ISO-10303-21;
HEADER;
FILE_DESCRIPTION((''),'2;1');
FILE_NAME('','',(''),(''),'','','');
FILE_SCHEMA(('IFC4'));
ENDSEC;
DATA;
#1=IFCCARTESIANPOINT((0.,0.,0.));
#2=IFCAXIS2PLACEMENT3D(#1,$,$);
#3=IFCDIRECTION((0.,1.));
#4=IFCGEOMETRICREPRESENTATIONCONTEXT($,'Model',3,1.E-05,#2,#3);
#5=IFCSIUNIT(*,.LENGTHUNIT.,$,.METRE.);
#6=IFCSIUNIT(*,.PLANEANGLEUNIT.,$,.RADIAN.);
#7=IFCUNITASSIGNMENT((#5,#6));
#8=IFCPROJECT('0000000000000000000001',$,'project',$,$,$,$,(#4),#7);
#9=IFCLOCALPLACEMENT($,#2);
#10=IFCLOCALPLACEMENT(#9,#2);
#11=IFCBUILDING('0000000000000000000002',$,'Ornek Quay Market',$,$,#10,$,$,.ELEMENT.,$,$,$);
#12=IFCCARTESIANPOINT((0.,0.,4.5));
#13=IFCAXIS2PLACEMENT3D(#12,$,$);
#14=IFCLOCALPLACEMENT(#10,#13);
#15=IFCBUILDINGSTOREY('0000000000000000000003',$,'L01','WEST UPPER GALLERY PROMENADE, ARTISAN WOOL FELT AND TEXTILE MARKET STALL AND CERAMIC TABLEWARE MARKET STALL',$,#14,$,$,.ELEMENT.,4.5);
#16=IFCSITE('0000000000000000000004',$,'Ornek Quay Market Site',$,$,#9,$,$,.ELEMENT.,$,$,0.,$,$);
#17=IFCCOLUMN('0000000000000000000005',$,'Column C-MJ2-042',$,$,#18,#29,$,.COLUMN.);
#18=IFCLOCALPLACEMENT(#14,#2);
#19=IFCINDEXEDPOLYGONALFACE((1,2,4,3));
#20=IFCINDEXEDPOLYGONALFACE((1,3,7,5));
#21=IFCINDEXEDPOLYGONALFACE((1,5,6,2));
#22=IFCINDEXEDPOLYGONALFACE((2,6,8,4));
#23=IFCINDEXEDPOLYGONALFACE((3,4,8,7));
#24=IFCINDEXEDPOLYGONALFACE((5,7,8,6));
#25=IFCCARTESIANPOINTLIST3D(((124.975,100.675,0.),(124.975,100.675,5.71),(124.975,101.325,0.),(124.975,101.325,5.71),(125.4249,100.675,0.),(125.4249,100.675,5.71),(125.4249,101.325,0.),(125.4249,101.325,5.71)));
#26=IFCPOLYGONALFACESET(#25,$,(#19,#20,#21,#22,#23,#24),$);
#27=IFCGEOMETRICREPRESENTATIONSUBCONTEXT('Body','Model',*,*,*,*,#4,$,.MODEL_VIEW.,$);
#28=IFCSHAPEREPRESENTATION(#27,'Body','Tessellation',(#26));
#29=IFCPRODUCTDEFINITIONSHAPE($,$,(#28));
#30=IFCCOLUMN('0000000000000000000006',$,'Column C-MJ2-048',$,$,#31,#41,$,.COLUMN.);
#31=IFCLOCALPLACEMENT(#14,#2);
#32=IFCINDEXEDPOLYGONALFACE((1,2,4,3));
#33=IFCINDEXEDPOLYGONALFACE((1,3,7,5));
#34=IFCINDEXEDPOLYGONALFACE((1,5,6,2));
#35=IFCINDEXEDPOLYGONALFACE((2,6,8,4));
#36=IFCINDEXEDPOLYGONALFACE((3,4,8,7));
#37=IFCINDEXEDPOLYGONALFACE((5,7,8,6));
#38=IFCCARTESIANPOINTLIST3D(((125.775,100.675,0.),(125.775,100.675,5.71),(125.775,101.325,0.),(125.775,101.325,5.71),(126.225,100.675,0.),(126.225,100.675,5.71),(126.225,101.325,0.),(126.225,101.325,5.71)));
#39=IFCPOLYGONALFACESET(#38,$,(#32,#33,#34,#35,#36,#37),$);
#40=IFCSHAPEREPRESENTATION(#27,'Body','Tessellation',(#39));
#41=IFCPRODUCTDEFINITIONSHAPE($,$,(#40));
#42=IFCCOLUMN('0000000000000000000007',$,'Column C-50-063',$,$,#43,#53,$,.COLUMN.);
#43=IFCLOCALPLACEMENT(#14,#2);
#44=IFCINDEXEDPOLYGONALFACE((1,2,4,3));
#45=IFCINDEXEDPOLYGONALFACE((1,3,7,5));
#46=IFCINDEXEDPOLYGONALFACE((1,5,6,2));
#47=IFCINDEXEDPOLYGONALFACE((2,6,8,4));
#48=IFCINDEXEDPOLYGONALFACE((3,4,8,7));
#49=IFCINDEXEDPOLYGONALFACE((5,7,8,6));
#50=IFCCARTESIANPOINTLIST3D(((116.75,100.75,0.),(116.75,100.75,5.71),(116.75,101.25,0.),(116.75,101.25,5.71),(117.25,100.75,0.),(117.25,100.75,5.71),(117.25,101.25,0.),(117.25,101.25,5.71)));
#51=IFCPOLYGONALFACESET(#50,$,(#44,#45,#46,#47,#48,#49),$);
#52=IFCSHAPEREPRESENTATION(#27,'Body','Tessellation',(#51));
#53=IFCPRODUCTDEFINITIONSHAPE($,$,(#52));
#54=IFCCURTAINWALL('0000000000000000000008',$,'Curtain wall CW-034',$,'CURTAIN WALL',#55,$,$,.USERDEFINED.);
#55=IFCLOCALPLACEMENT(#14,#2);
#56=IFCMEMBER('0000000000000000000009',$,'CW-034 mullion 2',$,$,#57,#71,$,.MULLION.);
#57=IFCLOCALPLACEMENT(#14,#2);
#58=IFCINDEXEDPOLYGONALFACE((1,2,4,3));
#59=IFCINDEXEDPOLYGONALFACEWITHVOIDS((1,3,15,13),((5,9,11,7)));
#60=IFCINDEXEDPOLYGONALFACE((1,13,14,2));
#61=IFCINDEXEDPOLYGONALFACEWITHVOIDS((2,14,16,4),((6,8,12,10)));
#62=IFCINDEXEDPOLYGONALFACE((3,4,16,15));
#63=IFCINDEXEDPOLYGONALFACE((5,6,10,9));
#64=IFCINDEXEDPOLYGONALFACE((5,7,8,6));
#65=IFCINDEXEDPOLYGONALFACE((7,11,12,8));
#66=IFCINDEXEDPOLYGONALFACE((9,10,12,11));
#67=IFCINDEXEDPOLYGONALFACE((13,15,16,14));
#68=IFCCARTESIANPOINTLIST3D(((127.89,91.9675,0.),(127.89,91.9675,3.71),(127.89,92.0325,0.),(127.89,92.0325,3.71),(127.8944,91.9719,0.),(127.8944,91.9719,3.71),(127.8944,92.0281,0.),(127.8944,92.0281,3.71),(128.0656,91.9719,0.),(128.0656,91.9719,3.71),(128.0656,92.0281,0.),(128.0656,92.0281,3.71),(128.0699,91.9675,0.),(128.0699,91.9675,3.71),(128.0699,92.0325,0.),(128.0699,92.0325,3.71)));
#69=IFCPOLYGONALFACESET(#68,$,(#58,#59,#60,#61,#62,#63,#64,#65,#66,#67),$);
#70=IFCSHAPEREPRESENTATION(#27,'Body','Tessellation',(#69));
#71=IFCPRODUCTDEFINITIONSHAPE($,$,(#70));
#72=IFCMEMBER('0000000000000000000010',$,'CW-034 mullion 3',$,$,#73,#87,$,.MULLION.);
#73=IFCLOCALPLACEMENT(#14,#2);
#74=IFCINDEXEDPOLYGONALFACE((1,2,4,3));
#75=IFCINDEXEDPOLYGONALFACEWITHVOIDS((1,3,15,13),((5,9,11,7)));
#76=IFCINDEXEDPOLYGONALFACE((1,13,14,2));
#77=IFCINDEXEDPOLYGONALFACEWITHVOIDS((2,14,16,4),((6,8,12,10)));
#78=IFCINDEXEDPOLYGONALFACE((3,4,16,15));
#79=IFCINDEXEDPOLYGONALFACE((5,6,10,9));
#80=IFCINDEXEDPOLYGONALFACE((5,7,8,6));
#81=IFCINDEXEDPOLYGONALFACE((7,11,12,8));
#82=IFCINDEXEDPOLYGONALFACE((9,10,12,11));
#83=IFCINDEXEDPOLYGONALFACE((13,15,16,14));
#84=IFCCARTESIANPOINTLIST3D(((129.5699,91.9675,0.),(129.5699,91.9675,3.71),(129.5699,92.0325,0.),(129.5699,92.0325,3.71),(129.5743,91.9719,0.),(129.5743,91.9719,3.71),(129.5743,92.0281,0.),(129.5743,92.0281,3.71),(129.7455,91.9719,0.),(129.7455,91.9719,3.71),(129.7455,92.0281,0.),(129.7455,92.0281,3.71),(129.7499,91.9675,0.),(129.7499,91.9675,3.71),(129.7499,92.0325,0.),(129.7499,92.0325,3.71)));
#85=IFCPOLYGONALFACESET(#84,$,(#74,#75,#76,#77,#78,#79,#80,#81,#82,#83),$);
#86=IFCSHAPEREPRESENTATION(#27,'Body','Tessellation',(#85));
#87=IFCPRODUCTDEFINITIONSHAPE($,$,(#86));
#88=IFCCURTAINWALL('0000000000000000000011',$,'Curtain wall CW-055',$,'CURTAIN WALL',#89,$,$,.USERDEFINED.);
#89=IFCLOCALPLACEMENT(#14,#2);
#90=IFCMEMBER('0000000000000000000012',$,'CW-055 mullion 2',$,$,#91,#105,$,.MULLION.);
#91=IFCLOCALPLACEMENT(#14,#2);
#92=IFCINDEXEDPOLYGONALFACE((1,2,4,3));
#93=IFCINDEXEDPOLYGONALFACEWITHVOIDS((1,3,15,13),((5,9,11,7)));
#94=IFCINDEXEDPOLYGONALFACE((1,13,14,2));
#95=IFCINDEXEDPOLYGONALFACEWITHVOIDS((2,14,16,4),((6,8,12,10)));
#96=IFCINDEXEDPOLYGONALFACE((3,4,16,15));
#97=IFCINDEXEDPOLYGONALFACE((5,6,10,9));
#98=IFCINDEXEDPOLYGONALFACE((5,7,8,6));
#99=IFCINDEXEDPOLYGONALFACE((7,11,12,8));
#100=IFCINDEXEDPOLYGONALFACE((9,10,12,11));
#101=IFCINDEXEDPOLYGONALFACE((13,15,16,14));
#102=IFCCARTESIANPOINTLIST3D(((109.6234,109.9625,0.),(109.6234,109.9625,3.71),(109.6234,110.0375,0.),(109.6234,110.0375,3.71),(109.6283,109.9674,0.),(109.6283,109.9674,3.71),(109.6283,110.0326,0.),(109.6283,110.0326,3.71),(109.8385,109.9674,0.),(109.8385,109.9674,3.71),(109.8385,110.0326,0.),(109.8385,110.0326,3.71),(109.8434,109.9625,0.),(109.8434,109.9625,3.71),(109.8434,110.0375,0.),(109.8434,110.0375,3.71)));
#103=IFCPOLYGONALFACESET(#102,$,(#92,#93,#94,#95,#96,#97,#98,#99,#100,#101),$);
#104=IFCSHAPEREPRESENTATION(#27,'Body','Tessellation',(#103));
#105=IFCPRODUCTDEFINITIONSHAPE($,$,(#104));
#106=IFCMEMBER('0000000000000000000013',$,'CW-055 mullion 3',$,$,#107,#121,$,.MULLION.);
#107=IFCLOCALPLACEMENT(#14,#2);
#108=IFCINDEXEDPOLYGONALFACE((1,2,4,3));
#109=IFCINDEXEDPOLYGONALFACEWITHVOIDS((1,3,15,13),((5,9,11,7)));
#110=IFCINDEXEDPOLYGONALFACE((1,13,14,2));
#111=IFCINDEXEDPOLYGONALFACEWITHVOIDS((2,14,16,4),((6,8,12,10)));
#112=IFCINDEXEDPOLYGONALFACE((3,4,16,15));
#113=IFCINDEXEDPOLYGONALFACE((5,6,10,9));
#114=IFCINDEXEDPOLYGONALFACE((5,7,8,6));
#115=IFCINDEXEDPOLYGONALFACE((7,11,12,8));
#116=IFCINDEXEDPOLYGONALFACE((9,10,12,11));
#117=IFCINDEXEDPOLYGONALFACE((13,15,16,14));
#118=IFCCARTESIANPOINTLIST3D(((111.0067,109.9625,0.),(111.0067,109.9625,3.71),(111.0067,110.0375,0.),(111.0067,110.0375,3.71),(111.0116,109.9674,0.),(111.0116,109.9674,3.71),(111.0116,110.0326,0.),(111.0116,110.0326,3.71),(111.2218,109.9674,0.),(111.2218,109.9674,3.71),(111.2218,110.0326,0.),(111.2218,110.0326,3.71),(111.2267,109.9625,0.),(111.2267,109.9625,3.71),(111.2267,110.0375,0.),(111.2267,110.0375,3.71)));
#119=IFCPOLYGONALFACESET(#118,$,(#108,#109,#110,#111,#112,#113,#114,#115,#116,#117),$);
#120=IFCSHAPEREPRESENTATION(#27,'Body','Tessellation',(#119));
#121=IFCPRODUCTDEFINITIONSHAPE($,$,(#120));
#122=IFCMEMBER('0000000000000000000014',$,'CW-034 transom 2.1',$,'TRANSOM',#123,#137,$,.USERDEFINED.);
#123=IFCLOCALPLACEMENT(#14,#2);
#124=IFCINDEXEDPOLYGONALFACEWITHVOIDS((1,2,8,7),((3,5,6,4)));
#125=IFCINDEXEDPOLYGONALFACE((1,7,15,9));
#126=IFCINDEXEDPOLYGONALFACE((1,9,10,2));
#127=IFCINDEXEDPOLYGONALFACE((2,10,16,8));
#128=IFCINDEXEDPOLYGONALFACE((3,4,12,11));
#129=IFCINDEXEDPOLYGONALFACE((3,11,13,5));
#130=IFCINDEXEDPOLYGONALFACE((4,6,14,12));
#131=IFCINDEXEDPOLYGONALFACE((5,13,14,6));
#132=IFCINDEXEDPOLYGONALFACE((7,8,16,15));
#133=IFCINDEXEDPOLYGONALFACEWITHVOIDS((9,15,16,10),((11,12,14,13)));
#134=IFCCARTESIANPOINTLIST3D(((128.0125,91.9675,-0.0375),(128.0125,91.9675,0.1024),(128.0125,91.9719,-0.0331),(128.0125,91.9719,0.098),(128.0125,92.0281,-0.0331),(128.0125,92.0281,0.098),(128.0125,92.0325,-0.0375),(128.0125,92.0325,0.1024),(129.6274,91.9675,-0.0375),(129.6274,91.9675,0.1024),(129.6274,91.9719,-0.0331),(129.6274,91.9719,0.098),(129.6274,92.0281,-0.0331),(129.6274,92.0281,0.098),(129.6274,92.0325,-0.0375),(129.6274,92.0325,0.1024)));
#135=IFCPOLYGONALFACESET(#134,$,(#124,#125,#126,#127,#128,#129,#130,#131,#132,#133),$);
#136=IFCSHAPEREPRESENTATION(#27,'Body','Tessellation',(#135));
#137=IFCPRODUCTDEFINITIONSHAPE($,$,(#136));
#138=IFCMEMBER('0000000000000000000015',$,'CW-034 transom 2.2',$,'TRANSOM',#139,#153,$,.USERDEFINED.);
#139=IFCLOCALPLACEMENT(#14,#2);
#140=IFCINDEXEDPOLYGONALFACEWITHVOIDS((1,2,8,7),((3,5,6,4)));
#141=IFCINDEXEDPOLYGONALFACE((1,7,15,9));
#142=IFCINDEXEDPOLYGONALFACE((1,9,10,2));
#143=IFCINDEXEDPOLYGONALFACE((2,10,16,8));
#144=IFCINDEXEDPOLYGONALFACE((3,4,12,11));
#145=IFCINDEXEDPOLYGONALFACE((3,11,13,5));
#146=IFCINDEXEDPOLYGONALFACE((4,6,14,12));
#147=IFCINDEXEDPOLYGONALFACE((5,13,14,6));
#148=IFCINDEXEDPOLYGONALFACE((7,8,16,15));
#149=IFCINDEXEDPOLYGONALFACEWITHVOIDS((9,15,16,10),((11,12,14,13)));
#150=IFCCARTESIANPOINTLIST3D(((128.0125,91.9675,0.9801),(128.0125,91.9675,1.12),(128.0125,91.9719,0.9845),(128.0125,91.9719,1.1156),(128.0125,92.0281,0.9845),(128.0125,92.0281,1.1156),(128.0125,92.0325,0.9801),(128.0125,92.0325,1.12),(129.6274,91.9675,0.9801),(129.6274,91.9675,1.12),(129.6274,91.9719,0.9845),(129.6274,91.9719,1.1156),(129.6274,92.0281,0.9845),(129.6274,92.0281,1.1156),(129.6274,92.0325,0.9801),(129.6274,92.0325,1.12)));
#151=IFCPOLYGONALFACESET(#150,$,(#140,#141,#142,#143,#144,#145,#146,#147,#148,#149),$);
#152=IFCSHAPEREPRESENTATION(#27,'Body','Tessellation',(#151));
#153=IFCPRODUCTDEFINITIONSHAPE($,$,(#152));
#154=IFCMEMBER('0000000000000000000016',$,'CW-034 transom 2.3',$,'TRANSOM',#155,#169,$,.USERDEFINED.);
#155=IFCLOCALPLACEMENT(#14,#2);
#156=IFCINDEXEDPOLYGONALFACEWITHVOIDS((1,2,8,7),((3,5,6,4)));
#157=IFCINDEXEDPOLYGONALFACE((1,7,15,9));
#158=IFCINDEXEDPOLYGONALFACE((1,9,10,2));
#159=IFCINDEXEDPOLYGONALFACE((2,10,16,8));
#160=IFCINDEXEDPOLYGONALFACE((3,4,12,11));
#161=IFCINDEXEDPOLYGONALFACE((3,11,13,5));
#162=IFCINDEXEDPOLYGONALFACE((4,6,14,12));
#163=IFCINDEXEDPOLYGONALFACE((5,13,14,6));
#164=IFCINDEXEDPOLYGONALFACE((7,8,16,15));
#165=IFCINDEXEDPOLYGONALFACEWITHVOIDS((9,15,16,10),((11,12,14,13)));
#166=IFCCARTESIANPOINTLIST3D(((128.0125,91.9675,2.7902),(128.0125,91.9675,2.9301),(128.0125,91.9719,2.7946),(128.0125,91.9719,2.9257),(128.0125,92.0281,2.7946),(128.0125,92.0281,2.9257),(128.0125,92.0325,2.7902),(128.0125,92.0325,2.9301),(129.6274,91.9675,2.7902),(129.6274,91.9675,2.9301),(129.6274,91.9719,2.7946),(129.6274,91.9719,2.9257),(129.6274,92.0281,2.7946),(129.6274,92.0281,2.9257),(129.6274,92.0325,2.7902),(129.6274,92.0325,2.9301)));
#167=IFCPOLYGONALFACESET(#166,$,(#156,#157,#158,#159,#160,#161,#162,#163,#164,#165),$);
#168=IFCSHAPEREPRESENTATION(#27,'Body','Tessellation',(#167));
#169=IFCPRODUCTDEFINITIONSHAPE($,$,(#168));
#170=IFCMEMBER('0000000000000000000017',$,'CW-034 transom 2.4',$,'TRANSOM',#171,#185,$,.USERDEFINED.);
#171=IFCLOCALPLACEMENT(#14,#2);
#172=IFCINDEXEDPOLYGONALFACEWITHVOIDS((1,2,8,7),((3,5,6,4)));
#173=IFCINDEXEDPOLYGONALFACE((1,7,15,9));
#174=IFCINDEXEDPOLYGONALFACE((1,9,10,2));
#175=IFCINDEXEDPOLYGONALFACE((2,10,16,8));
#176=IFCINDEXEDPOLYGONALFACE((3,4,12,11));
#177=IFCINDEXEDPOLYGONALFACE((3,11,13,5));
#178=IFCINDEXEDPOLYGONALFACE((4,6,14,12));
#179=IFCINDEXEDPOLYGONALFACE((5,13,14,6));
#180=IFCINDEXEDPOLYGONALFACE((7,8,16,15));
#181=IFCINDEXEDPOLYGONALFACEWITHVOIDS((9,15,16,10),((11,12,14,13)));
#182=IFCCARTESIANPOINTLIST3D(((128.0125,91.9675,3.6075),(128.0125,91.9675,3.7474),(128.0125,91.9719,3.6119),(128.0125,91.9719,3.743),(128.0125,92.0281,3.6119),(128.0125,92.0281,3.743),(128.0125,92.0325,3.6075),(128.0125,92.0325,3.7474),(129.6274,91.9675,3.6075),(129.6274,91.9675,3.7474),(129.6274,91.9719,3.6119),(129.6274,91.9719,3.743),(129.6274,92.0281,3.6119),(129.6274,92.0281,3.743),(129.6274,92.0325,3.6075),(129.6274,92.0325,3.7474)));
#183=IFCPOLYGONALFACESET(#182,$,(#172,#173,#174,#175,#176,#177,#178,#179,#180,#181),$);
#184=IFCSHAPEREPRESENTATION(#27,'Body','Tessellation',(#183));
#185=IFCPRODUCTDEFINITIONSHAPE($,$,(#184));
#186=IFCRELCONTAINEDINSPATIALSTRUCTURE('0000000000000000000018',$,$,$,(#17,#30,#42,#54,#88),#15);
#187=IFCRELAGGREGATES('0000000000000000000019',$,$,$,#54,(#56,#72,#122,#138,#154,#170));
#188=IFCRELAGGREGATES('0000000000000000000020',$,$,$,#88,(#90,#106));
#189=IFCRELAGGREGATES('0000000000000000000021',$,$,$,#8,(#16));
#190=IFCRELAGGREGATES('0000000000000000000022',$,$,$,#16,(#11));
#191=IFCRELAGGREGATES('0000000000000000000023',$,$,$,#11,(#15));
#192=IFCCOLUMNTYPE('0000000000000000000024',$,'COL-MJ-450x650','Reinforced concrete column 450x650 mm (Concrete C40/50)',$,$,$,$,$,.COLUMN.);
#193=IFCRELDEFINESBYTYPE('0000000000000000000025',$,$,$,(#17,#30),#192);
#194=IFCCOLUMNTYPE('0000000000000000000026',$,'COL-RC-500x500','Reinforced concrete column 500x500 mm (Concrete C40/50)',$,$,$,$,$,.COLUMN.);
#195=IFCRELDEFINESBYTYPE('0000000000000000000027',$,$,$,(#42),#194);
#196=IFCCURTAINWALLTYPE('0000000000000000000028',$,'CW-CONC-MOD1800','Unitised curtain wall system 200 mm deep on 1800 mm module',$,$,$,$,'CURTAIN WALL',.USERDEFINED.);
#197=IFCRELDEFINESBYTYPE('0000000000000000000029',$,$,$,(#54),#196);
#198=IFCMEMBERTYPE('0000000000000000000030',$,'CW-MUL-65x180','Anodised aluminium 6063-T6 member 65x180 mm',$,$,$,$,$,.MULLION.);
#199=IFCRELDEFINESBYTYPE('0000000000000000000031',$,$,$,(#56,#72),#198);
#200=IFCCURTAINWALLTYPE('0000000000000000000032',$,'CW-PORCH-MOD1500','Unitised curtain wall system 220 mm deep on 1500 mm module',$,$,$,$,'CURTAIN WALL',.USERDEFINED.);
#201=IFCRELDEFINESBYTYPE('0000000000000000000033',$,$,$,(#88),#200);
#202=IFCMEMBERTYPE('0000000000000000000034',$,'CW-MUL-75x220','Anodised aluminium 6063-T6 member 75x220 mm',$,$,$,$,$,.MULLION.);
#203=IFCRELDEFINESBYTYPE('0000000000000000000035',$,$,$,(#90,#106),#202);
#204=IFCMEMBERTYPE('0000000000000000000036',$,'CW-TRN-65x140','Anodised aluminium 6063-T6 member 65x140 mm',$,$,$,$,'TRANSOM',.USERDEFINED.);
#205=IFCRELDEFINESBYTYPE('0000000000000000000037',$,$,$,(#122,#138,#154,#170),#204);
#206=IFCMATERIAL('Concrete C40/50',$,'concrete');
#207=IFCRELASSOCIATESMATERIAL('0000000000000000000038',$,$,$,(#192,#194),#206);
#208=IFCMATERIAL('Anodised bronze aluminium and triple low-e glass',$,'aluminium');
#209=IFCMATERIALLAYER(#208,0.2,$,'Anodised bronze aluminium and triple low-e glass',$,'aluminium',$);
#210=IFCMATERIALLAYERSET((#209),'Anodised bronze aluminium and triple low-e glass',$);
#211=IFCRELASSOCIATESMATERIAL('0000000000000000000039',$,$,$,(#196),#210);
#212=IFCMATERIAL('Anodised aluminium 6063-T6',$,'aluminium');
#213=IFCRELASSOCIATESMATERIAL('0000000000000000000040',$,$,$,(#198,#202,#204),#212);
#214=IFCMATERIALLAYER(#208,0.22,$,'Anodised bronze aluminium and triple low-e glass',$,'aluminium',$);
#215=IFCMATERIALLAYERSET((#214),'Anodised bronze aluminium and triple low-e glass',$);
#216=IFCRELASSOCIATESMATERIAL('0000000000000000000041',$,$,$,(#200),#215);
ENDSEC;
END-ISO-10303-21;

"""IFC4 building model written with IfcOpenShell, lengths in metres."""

from ifc_helpers import new_model, si_unit, direction, frame, origin, origin_2d, place, context, subcontext, project, spatial, rectangle, hollow_rectangle, extrude, material, layer, layer_set, material_profile, profile_set, type_object, element, aggregate, save


model = new_model("IFC4")

# Units and contexts
model_context = context("Model", 3, precision=1e-05, world=origin(), true_north=direction((0.0, 1.0)))
body_context = subcontext(model_context, "Body", "Model", "MODEL_VIEW")
ifc_project = project(units=[si_unit("LENGTHUNIT", "METRE"), si_unit("PLANEANGLEUNIT", "RADIAN")], contexts=[model_context])

# Site, building, storey
site_placement = place(None, origin())
site = spatial("IfcSite", under=ifc_project, at=site_placement, Name="Ornek Quay Market Site", CompositionType="ELEMENT", RefElevation=0.0)
building_placement = place(site_placement, origin())
building = spatial("IfcBuilding", under=site, at=building_placement, Name="Ornek Quay Market", CompositionType="ELEMENT")
storey_placement = place(building_placement, frame((0.0, 0.0, 4.5)))
storey = spatial("IfcBuildingStorey", under=building, at=storey_placement, Name="L01", Description="WEST UPPER GALLERY PROMENADE, ARTISAN WOOL FELT AND TEXTILE MARKET STALL AND CERAMIC TABLEWARE MARKET STALL", CompositionType="ELEMENT", Elevation=4.5)

# Columns
ifc_material_1 = material(Name="Concrete C40/50", Category="concrete")
ifc_material_profile_1 = material_profile(ifc_material_1, rectangle(XDim=0.45, YDim=0.6499, at=origin_2d()), Name="RC 450x650", Category="concrete")
ifc_profile_set_1 = profile_set([ifc_material_profile_1], Name="Concrete C40/50")
column_type_1 = type_object("IfcColumnType", Name="COL-MJ-450x650", Description="Reinforced concrete column 450x650 mm (Concrete C40/50)", PredefinedType="COLUMN", material=ifc_profile_set_1)
for number, where, z_axis, x_axis, name in (
    (1, (125.2, 101.0, 0.0), (0.0, 0.0, 1.0), (1.0, 0.0, 0.0), "Column C-MJ2-042"),
    (2, (126.0, 101.0, 0.0), (0.0, 0.0, 1.0), (1.0, 0.0, 0.0), "Column C-MJ2-048"),
):
    element("IfcColumn", number, at=place(storey_placement, frame(where, z_axis=z_axis, x_axis=x_axis)), inside=storey, type_object=column_type_1, Name=name, PredefinedType="COLUMN", context=body_context, shape_type="SweptSolid", body=[
        extrude(rectangle(XDim=0.45, YDim=0.6499, at=origin_2d()), origin(), (0.0, 0.0, 1.0), 5.71),
    ])
ifc_material_profile_2 = material_profile(ifc_material_1, rectangle(XDim=0.5, YDim=0.5, at=origin_2d()), Name="RC 500x500", Category="concrete")
ifc_profile_set_2 = profile_set([ifc_material_profile_2], Name="Concrete C40/50")
column_type_2 = type_object("IfcColumnType", Name="COL-RC-500x500", Description="Reinforced concrete column 500x500 mm (Concrete C40/50)", PredefinedType="COLUMN", material=ifc_profile_set_2)
column_placement = place(storey_placement, frame((117.0, 101.0, 0.0), z_axis=(0.0, 0.0, 1.0), x_axis=(1.0, 0.0, 0.0)))
element("IfcColumn", 3, at=column_placement, inside=storey, type_object=column_type_2, Name="Column C-50-063", PredefinedType="COLUMN", context=body_context, shape_type="SweptSolid", body=[
    extrude(rectangle(XDim=0.5, YDim=0.5, at=origin_2d()), origin(), (0.0, 0.0, 1.0), 5.71),
])

# Curtain walls, members
ifc_material_2 = material(Name="Anodised bronze aluminium and triple low-e glass", Category="aluminium")
ifc_layer_1 = layer(ifc_material_2, 0.2, Name="Anodised bronze aluminium and triple low-e glass", Category="aluminium")
ifc_layer_set_1 = layer_set([ifc_layer_1], Name="Anodised bronze aluminium and triple low-e glass")
curtain_wall_type_1 = type_object("IfcCurtainWallType", Name="CW-CONC-MOD1800", Description="Unitised curtain wall system 200 mm deep on 1800 mm module", ElementType="CURTAIN WALL", PredefinedType="USERDEFINED", material=ifc_layer_set_1)
curtain_wall_1_placement = place(storey_placement, origin())
curtain_wall_1 = element("IfcCurtainWall", 4, at=curtain_wall_1_placement, inside=storey, type_object=curtain_wall_type_1, Name="Curtain wall CW-034", ObjectType="CURTAIN WALL", PredefinedType="USERDEFINED")
ifc_material_3 = material(Name="Anodised aluminium 6063-T6", Category="aluminium")
ifc_material_profile_3 = material_profile(ifc_material_3, hollow_rectangle(XDim=0.0649, YDim=0.1799, WallThickness=0.0044, at=origin_2d()), Name="CW-MUL-65x180", Category="aluminium")
ifc_profile_set_3 = profile_set([ifc_material_profile_3], Name="Anodised aluminium 6063-T6")
member_type_1 = type_object("IfcMemberType", Name="CW-MUL-65x180", Description="Anodised aluminium 6063-T6 member 65x180 mm", PredefinedType="MULLION", material=ifc_profile_set_3)
member_1_placement = place(storey_placement, frame((127.98, 92.0, 0.0), z_axis=(0.0, 0.0, 1.0), x_axis=(0.0, 1.0, 0.0)))
member_1 = element("IfcMember", 5, at=member_1_placement, type_object=member_type_1, Name="CW-034 mullion 2", PredefinedType="MULLION", context=body_context, shape_type="SweptSolid", body=[
    extrude(hollow_rectangle(XDim=0.0649, YDim=0.1799, WallThickness=0.0044, at=origin_2d()), origin(), (0.0, 0.0, 1.0), 3.71),
])
member_2_placement = place(storey_placement, frame((129.6599, 92.0, 0.0), z_axis=(0.0, 0.0, 1.0), x_axis=(0.0, 1.0, 0.0)))
member_2 = element("IfcMember", 6, at=member_2_placement, type_object=member_type_1, Name="CW-034 mullion 3", PredefinedType="MULLION", context=body_context, shape_type="SweptSolid", body=[
    extrude(hollow_rectangle(XDim=0.0649, YDim=0.1799, WallThickness=0.0044, at=origin_2d()), origin(), (0.0, 0.0, 1.0), 3.71),
])
ifc_layer_2 = layer(ifc_material_2, 0.22, Name="Anodised bronze aluminium and triple low-e glass", Category="aluminium")
ifc_layer_set_2 = layer_set([ifc_layer_2], Name="Anodised bronze aluminium and triple low-e glass")
curtain_wall_type_2 = type_object("IfcCurtainWallType", Name="CW-PORCH-MOD1500", Description="Unitised curtain wall system 220 mm deep on 1500 mm module", ElementType="CURTAIN WALL", PredefinedType="USERDEFINED", material=ifc_layer_set_2)
curtain_wall_2_placement = place(storey_placement, origin())
curtain_wall_2 = element("IfcCurtainWall", 7, at=curtain_wall_2_placement, inside=storey, type_object=curtain_wall_type_2, Name="Curtain wall CW-055", ObjectType="CURTAIN WALL", PredefinedType="USERDEFINED")
ifc_material_profile_4 = material_profile(ifc_material_3, hollow_rectangle(XDim=0.075, YDim=0.22, WallThickness=0.0049, at=origin_2d()), Name="CW-MUL-75x220", Category="aluminium")
ifc_profile_set_4 = profile_set([ifc_material_profile_4], Name="Anodised aluminium 6063-T6")
member_type_2 = type_object("IfcMemberType", Name="CW-MUL-75x220", Description="Anodised aluminium 6063-T6 member 75x220 mm", PredefinedType="MULLION", material=ifc_profile_set_4)
member_3_placement = place(storey_placement, frame((109.7334, 110.0, 0.0), z_axis=(0.0, 0.0, 1.0), x_axis=(0.0, 1.0, 0.0)))
member_3 = element("IfcMember", 8, at=member_3_placement, type_object=member_type_2, Name="CW-055 mullion 2", PredefinedType="MULLION", context=body_context, shape_type="SweptSolid", body=[
    extrude(hollow_rectangle(XDim=0.075, YDim=0.22, WallThickness=0.0049, at=origin_2d()), origin(), (0.0, 0.0, 1.0), 3.71),
])
member_4_placement = place(storey_placement, frame((111.1167, 110.0, 0.0), z_axis=(0.0, 0.0, 1.0), x_axis=(0.0, 1.0, 0.0)))
member_4 = element("IfcMember", 9, at=member_4_placement, type_object=member_type_2, Name="CW-055 mullion 3", PredefinedType="MULLION", context=body_context, shape_type="SweptSolid", body=[
    extrude(hollow_rectangle(XDim=0.075, YDim=0.22, WallThickness=0.0049, at=origin_2d()), origin(), (0.0, 0.0, 1.0), 3.71),
])

# Members
ifc_material_profile_5 = material_profile(ifc_material_3, hollow_rectangle(XDim=0.0649, YDim=0.1399, WallThickness=0.0044, at=origin_2d()), Name="CW-TRN-65x140", Category="aluminium")
ifc_profile_set_5 = profile_set([ifc_material_profile_5], Name="Anodised aluminium 6063-T6")
member_type_3 = type_object("IfcMemberType", Name="CW-TRN-65x140", Description="Anodised aluminium 6063-T6 member 65x140 mm", ElementType="TRANSOM", PredefinedType="USERDEFINED", material=ifc_profile_set_5)
member_5_placement = place(storey_placement, frame((128.0125, 92.0, 0.0325), z_axis=(1.0, 0.0, 0.0), x_axis=(0.0, 1.0, 0.0)))
member_5 = element("IfcMember", 10, at=member_5_placement, type_object=member_type_3, Name="CW-034 transom 2.1", ObjectType="TRANSOM", PredefinedType="USERDEFINED", context=body_context, shape_type="SweptSolid", body=[
    extrude(hollow_rectangle(XDim=0.0649, YDim=0.1399, WallThickness=0.0044, at=origin_2d()), origin(), (0.0, 0.0, 1.0), 1.615),
])
member_6_placement = place(storey_placement, frame((128.0125, 92.0, 1.05), z_axis=(1.0, 0.0, 0.0), x_axis=(0.0, 1.0, 0.0)))
member_6 = element("IfcMember", 11, at=member_6_placement, type_object=member_type_3, Name="CW-034 transom 2.2", ObjectType="TRANSOM", PredefinedType="USERDEFINED", context=body_context, shape_type="SweptSolid", body=[
    extrude(hollow_rectangle(XDim=0.0649, YDim=0.1399, WallThickness=0.0044, at=origin_2d()), origin(), (0.0, 0.0, 1.0), 1.615),
])
member_7_placement = place(storey_placement, frame((128.0125, 92.0, 2.8601), z_axis=(1.0, 0.0, 0.0), x_axis=(0.0, 1.0, 0.0)))
member_7 = element("IfcMember", 12, at=member_7_placement, type_object=member_type_3, Name="CW-034 transom 2.3", ObjectType="TRANSOM", PredefinedType="USERDEFINED", context=body_context, shape_type="SweptSolid", body=[
    extrude(hollow_rectangle(XDim=0.0649, YDim=0.1399, WallThickness=0.0044, at=origin_2d()), origin(), (0.0, 0.0, 1.0), 1.615),
])
member_8_placement = place(storey_placement, frame((128.0125, 92.0, 3.6775), z_axis=(1.0, 0.0, 0.0), x_axis=(0.0, 1.0, 0.0)))
member_8 = element("IfcMember", 13, at=member_8_placement, type_object=member_type_3, Name="CW-034 transom 2.4", ObjectType="TRANSOM", PredefinedType="USERDEFINED", context=body_context, shape_type="SweptSolid", body=[
    extrude(hollow_rectangle(XDim=0.0649, YDim=0.1399, WallThickness=0.0044, at=origin_2d()), origin(), (0.0, 0.0, 1.0), 1.615),
])

aggregate(curtain_wall_1, [member_1, member_2, member_5, member_6, member_7, member_8])
aggregate(curtain_wall_2, [member_3, member_4])

save(model, "model.ifc")
